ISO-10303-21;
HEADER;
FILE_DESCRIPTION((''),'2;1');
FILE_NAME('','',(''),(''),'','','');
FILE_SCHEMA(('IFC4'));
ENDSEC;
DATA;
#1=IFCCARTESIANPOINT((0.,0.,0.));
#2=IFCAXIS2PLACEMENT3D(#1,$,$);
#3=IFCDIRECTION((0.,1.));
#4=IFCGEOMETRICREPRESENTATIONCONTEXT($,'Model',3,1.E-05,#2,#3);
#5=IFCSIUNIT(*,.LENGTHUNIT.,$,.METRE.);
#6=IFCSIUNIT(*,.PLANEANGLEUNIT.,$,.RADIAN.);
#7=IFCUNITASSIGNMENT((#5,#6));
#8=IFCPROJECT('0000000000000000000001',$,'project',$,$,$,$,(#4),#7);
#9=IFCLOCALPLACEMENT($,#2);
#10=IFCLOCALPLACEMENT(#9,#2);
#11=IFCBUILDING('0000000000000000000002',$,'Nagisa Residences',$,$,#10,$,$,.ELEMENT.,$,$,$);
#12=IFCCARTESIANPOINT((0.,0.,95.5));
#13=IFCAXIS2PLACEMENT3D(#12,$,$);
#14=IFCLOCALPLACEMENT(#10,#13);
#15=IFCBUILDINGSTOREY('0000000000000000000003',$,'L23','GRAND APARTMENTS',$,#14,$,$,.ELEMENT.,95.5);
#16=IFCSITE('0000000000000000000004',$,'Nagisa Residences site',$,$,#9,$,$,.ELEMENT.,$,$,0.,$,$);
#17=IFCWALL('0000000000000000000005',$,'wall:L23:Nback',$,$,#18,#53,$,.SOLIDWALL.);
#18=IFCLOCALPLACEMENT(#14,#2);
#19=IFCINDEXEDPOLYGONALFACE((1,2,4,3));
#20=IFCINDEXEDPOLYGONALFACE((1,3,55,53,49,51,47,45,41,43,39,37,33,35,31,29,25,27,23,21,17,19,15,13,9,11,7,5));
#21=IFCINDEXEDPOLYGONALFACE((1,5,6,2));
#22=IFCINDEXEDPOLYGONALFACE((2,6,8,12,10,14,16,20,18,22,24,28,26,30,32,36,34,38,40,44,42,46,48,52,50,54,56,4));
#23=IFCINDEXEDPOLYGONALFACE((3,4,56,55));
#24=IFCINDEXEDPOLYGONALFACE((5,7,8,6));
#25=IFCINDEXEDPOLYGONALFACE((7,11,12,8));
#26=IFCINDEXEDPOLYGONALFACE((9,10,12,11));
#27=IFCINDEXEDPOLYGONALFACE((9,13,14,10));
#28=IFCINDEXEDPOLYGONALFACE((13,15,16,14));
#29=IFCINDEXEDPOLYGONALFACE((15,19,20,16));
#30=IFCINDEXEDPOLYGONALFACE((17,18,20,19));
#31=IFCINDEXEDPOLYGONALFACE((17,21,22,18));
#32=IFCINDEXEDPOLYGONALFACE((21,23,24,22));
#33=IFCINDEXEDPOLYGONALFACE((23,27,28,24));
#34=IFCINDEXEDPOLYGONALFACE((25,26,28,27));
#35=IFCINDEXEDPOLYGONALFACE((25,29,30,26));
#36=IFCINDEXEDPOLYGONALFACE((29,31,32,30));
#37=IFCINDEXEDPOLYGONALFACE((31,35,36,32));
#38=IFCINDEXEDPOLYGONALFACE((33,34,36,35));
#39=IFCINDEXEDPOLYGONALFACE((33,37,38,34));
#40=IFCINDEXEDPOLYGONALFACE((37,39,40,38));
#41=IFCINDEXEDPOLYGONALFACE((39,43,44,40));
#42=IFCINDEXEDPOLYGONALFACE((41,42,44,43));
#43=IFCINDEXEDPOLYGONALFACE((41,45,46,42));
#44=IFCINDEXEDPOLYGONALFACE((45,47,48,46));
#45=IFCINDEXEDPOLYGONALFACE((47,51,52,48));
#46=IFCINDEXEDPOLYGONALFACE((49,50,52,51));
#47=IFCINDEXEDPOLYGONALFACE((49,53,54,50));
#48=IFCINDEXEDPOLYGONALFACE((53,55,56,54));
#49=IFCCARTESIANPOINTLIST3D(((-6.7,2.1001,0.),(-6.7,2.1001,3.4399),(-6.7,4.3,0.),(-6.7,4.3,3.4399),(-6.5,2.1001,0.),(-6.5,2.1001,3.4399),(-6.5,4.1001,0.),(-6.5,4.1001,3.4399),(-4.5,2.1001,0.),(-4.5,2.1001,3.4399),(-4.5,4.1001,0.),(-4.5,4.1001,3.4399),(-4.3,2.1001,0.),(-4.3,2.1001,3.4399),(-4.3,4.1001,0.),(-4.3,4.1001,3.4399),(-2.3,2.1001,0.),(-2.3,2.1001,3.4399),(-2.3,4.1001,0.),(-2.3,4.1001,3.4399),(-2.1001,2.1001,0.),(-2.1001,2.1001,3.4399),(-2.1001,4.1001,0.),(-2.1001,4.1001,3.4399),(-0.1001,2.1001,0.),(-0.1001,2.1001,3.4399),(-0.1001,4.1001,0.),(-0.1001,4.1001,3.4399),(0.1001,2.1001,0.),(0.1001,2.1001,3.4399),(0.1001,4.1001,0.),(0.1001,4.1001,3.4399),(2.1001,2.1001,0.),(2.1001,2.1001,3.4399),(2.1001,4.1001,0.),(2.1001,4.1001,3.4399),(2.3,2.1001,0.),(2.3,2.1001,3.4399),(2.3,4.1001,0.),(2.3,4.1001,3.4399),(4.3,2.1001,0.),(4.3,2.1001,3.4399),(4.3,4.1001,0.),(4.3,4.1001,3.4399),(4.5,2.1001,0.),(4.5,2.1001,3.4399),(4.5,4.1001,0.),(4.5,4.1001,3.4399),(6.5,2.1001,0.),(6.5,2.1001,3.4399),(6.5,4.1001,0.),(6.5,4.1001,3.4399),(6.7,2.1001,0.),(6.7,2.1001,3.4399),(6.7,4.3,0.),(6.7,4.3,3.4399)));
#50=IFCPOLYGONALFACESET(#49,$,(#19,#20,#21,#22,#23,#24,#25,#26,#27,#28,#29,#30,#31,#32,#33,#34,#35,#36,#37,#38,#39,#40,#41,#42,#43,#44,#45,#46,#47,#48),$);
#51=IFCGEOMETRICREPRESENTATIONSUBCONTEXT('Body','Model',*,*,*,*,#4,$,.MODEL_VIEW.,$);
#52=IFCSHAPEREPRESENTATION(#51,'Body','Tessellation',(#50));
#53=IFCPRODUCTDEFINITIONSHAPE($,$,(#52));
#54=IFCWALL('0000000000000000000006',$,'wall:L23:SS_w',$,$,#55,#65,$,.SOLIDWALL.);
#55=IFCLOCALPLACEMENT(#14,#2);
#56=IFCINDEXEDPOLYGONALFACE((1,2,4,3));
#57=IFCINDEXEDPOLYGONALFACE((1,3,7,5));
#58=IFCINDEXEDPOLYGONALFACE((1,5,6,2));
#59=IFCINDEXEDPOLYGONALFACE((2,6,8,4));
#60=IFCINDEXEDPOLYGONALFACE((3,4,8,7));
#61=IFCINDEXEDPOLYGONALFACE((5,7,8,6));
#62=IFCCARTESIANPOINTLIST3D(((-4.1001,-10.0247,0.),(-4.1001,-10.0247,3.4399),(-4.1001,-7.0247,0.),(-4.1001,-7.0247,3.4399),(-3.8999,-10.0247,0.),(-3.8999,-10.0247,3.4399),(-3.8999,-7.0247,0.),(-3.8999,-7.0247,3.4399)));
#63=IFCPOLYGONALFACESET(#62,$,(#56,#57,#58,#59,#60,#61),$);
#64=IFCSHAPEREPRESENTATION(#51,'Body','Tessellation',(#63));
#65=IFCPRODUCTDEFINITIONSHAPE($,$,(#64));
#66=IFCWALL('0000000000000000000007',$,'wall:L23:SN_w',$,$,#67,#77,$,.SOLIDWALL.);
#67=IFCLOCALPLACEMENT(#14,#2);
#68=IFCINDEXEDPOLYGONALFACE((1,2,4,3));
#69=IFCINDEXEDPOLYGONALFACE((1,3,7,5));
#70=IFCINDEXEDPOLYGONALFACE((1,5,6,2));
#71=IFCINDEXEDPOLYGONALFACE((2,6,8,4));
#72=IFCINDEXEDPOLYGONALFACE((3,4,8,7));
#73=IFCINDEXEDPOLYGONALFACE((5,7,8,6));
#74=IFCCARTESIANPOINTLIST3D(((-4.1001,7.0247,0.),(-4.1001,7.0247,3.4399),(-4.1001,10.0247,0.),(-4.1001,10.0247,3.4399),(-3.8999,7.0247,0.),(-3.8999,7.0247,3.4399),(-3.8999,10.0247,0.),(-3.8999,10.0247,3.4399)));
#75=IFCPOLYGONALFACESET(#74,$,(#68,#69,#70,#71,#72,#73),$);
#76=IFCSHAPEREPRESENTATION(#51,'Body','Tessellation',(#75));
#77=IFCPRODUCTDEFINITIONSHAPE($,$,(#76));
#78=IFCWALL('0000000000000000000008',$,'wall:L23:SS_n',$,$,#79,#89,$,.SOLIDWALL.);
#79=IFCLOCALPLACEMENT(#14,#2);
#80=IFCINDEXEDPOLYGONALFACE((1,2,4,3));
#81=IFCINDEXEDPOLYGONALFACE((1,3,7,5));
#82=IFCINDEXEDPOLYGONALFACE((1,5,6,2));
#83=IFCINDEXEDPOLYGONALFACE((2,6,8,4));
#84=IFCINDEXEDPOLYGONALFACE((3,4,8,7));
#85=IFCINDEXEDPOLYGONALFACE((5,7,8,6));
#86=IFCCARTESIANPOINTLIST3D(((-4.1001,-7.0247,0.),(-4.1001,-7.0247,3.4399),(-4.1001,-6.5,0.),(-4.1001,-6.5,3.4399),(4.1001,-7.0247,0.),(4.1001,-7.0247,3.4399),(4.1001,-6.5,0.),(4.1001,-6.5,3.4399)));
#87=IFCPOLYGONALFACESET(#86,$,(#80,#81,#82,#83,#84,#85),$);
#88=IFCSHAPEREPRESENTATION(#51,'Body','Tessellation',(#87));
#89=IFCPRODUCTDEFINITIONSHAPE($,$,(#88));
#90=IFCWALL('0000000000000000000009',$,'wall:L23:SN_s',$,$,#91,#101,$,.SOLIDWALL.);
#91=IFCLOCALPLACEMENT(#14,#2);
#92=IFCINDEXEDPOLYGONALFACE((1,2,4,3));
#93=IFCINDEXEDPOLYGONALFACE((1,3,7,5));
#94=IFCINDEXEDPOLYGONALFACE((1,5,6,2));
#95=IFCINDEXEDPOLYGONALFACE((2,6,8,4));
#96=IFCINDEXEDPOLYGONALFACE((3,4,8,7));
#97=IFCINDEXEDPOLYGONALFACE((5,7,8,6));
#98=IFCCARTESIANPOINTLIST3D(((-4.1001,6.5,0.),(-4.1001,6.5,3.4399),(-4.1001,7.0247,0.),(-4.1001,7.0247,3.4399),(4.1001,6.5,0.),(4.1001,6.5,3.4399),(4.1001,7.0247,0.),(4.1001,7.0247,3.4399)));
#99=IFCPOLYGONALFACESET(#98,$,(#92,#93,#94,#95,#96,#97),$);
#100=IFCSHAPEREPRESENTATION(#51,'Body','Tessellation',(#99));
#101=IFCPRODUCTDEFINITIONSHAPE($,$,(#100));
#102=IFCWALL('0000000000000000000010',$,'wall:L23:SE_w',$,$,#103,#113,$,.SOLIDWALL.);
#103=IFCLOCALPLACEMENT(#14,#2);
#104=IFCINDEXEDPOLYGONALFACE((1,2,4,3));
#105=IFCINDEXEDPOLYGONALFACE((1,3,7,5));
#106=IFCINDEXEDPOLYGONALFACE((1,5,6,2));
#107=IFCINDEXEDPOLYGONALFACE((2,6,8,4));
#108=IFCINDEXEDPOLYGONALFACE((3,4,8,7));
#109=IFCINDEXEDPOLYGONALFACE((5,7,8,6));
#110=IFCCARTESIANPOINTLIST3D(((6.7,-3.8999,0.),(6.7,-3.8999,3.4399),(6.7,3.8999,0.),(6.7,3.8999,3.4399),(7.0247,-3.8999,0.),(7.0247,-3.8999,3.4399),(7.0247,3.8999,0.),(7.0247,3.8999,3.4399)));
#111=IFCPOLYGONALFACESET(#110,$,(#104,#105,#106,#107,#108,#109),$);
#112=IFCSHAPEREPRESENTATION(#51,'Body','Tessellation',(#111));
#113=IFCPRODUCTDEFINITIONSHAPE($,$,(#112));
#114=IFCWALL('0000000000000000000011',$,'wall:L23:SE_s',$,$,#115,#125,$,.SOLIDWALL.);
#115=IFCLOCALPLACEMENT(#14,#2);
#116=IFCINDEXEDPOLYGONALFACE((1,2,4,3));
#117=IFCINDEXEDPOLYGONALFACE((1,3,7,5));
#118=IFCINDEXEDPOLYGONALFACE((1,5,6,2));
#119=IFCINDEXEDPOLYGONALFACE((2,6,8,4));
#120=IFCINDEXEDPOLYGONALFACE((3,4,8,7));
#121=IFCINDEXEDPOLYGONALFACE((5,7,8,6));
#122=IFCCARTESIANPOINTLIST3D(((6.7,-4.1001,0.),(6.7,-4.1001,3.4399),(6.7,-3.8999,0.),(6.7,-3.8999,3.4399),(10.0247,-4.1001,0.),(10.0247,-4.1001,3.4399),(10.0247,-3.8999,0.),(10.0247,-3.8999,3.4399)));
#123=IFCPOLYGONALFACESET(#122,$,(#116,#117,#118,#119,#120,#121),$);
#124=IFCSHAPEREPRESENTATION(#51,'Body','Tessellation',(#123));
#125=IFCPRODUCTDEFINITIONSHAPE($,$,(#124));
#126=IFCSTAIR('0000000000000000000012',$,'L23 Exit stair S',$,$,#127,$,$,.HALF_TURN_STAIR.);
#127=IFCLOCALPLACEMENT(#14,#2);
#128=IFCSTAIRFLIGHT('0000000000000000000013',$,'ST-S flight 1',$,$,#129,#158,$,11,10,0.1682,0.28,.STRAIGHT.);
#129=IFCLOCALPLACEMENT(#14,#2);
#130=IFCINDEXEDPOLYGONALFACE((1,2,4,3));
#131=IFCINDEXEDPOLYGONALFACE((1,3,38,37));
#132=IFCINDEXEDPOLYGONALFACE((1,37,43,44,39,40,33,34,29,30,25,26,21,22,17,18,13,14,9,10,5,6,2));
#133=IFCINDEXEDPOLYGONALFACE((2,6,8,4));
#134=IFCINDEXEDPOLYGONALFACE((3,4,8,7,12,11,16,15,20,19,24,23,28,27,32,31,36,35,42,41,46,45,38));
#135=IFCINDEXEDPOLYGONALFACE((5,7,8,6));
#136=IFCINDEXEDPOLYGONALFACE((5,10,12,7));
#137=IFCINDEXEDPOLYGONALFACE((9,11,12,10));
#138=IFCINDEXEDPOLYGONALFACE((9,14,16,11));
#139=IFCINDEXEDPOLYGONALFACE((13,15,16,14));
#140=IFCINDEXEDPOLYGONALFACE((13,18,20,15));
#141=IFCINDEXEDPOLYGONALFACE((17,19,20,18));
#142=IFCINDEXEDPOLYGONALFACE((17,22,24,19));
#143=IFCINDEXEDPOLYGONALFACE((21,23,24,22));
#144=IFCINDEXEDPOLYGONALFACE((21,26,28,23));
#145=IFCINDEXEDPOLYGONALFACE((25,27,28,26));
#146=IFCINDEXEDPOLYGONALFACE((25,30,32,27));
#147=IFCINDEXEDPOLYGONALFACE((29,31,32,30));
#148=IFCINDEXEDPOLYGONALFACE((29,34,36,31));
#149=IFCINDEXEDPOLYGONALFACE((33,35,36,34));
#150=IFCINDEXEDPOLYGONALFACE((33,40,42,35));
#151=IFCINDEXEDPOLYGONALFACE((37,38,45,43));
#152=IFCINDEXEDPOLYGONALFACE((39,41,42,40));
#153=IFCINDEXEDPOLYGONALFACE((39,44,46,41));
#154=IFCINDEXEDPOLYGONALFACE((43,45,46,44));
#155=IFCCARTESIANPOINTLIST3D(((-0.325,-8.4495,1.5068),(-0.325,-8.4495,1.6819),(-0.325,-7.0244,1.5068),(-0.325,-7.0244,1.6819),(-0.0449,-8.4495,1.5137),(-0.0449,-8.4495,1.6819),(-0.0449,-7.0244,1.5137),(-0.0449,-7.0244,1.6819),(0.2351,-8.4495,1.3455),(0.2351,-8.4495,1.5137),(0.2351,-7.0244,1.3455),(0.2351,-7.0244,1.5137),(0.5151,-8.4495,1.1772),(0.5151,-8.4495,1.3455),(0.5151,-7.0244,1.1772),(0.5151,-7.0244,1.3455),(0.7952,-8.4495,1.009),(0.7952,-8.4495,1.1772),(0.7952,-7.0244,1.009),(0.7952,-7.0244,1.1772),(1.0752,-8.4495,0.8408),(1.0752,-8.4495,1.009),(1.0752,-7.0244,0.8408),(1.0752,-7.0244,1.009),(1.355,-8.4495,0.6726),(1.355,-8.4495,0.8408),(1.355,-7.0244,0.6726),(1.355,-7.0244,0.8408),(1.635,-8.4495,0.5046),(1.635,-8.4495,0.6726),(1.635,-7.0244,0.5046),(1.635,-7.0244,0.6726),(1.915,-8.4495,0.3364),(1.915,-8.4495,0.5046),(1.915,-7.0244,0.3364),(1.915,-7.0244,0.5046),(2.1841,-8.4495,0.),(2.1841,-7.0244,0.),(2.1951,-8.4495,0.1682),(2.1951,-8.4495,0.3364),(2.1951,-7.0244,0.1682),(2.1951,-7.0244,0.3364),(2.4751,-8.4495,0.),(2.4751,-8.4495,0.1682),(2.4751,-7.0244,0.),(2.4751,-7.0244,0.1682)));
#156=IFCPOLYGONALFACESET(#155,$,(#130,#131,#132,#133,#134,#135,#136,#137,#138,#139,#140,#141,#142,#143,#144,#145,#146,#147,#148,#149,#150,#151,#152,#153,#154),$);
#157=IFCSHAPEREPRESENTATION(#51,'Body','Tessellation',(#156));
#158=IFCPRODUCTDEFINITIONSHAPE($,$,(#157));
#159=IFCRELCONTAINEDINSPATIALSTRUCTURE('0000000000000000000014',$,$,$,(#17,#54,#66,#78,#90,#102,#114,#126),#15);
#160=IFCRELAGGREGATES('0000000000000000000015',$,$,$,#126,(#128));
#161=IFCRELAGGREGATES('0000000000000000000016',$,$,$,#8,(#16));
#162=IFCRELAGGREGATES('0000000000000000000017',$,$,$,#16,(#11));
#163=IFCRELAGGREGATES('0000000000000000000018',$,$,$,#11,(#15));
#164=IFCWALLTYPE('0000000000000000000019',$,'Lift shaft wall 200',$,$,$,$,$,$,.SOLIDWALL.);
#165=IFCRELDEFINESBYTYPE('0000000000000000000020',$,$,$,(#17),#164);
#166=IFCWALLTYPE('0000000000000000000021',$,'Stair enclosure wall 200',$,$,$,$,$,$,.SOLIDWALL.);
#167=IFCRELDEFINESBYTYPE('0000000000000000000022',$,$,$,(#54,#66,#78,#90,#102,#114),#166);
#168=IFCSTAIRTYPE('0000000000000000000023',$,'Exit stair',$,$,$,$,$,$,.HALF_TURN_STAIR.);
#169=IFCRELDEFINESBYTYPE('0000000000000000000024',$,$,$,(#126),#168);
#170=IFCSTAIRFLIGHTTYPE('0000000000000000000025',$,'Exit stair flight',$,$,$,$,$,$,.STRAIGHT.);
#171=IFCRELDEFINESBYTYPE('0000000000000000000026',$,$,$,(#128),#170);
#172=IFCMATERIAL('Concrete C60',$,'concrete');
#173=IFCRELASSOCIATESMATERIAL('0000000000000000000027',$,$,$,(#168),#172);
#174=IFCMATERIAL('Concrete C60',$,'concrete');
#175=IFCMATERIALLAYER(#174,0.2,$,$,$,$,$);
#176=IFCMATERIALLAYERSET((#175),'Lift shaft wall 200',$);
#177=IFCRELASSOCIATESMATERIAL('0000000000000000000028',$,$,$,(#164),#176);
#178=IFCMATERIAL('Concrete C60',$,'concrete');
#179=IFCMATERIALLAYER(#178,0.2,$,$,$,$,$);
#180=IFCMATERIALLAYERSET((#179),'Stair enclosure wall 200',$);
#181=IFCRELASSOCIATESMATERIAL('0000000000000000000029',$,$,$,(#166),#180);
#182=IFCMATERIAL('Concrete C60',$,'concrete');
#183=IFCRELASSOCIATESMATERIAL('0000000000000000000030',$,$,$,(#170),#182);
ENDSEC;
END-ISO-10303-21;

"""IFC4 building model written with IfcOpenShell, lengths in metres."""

from ifc_helpers import new_model, si_unit, direction, frame, origin, place, context, subcontext, project, spatial, polyline, outline, extrude, material, layer, layer_set, type_object, element, aggregate, save


model = new_model("IFC4")

# Units and contexts
model_context = context("Model", 3, precision=1e-05, world=origin(), true_north=direction((0.0, 1.0)))
body_context = subcontext(model_context, "Body", "Model", "MODEL_VIEW")
ifc_project = project(units=[si_unit("LENGTHUNIT", "METRE"), si_unit("PLANEANGLEUNIT", "RADIAN")], contexts=[model_context])

# Site, building, storey
site_placement = place(None, origin())
site = spatial("IfcSite", under=ifc_project, at=site_placement, Name="Nagisa Residences site", CompositionType="ELEMENT", RefElevation=0.0)
building_placement = place(site_placement, origin())
building = spatial("IfcBuilding", under=site, at=building_placement, Name="Nagisa Residences", CompositionType="ELEMENT")
storey_placement = place(building_placement, frame((0.0, 0.0, 95.5)))
storey = spatial("IfcBuildingStorey", under=building, at=storey_placement, Name="L23", Description="GRAND APARTMENTS", CompositionType="ELEMENT", Elevation=95.5)

# Shared definitions
ifc_material_1 = material(Name="Concrete C60", Category="concrete")
stair_type = type_object("IfcStairType", Name="Exit stair", PredefinedType="HALF_TURN_STAIR", material=ifc_material_1)

# Walls
ifc_material_2 = material(Name="Concrete C60", Category="concrete")
ifc_layer_1 = layer(ifc_material_2, 0.2)
ifc_layer_set_1 = layer_set([ifc_layer_1], Name="Lift shaft wall 200")
wall_type_1 = type_object("IfcWallType", Name="Lift shaft wall 200", PredefinedType="SOLIDWALL", material=ifc_layer_set_1)
wall_1_placement = place(storey_placement, origin())
element("IfcWall", 1, at=wall_1_placement, inside=storey, type_object=wall_type_1, Name="wall:L23:Nback", PredefinedType="SOLIDWALL", context=body_context, shape_type="SweptSolid", body=[
    extrude(outline(polyline([(-6.5, 2.1001), (-6.7, 2.1001), (-6.7, 4.3), (6.7, 4.3), (6.7, 2.1001), (6.5, 2.1001), (6.5, 4.1001), (4.5, 4.1001), (4.5, 2.1001), (4.3, 2.1001), (4.3, 4.1001), (2.3, 4.1001), (2.3, 2.1001), (2.1001, 2.1001), (2.1001, 4.1001), (0.1001, 4.1001), (0.1001, 2.1001), (-0.1001, 2.1001), (-0.1001, 4.1001), (-2.1001, 4.1001), (-2.1001, 2.1001), (-2.3, 2.1001), (-2.3, 4.1001), (-4.3, 4.1001), (-4.3, 2.1001), (-4.5, 2.1001), (-4.5, 4.1001), (-6.5, 4.1001), (-6.5, 2.1001)])), origin(), (0.0, 0.0, 1.0), 3.4399),
])
ifc_material_3 = material(Name="Concrete C60", Category="concrete")
ifc_layer_2 = layer(ifc_material_3, 0.2)
ifc_layer_set_2 = layer_set([ifc_layer_2], Name="Stair enclosure wall 200")
wall_type_2 = type_object("IfcWallType", Name="Stair enclosure wall 200", PredefinedType="SOLIDWALL", material=ifc_layer_set_2)
wall_2_placement = place(storey_placement, origin())
element("IfcWall", 2, at=wall_2_placement, inside=storey, type_object=wall_type_2, Name="wall:L23:SS_w", PredefinedType="SOLIDWALL", context=body_context, shape_type="SweptSolid", body=[
    extrude(outline(polyline([(-3.8999, -10.0247), (-4.1001, -10.0247), (-4.1001, -7.0247), (-3.8999, -7.0247), (-3.8999, -10.0247)])), origin(), (0.0, 0.0, 1.0), 3.4399),
])
wall_3_placement = place(storey_placement, origin())
element("IfcWall", 3, at=wall_3_placement, inside=storey, type_object=wall_type_2, Name="wall:L23:SN_w", PredefinedType="SOLIDWALL", context=body_context, shape_type="SweptSolid", body=[
    extrude(outline(polyline([(-3.8999, 7.0247), (-4.1001, 7.0247), (-4.1001, 10.0247), (-3.8999, 10.0247), (-3.8999, 7.0247)])), origin(), (0.0, 0.0, 1.0), 3.4399),
])
wall_4_placement = place(storey_placement, origin())
element("IfcWall", 4, at=wall_4_placement, inside=storey, type_object=wall_type_2, Name="wall:L23:SS_n", PredefinedType="SOLIDWALL", context=body_context, shape_type="SweptSolid", body=[
    extrude(outline(polyline([(4.1001, -7.0247), (-4.1001, -7.0247), (-4.1001, -6.5), (4.1001, -6.5), (4.1001, -7.0247)])), origin(), (0.0, 0.0, 1.0), 3.4399),
])
wall_5_placement = place(storey_placement, origin())
element("IfcWall", 5, at=wall_5_placement, inside=storey, type_object=wall_type_2, Name="wall:L23:SN_s", PredefinedType="SOLIDWALL", context=body_context, shape_type="SweptSolid", body=[
    extrude(outline(polyline([(4.1001, 6.5), (-4.1001, 6.5), (-4.1001, 7.0247), (4.1001, 7.0247), (4.1001, 6.5)])), origin(), (0.0, 0.0, 1.0), 3.4399),
])
wall_6_placement = place(storey_placement, origin())
element("IfcWall", 6, at=wall_6_placement, inside=storey, type_object=wall_type_2, Name="wall:L23:SE_w", PredefinedType="SOLIDWALL", context=body_context, shape_type="SweptSolid", body=[
    extrude(outline(polyline([(7.0247, -3.8999), (6.7, -3.8999), (6.7, 3.8999), (7.0247, 3.8999), (7.0247, -3.8999)])), origin(), (0.0, 0.0, 1.0), 3.4399),
])
wall_7_placement = place(storey_placement, origin())
element("IfcWall", 7, at=wall_7_placement, inside=storey, type_object=wall_type_2, Name="wall:L23:SE_s", PredefinedType="SOLIDWALL", context=body_context, shape_type="SweptSolid", body=[
    extrude(outline(polyline([(10.0247, -4.1001), (6.7, -4.1001), (6.7, -3.8999), (10.0247, -3.8999), (10.0247, -4.1001)])), origin(), (0.0, 0.0, 1.0), 3.4399),
])

# Stair, stair flight
stair_1_placement = place(storey_placement, origin())
stair_1 = element("IfcStair", 8, at=stair_1_placement, inside=storey, type_object=stair_type, Name="L23 Exit stair S", PredefinedType="HALF_TURN_STAIR")
ifc_material_4 = material(Name="Concrete C60", Category="concrete")
stair_flight_type = type_object("IfcStairFlightType", Name="Exit stair flight", PredefinedType="STRAIGHT", material=ifc_material_4)
stair_flight_placement = place(storey_placement, frame((2.4751, -7.7371, 0.0), z_axis=(0.0, 0.0, 1.0), x_axis=(-1.0, 0.0, 0.0)))
stair_flight = element("IfcStairFlight", 9, at=stair_flight_placement, type_object=stair_flight_type, Name="ST-S flight 1", NumberOfRisers=11, NumberOfTreads=10, PredefinedType="STRAIGHT", RiserHeight=0.1682, TreadLength=0.28, context=body_context, shape_type="SweptSolid", body=[
    extrude(outline(polyline([(0.0, 0.0), (0.0, 0.1682), (0.28, 0.1682), (0.28, 0.3364), (0.5601, 0.3364), (0.5601, 0.5046), (0.8401, 0.5046), (0.8401, 0.6726), (1.1201, 0.6726), (1.1201, 0.8408), (1.3999, 0.8408), (1.3999, 1.009), (1.6799, 1.009), (1.6799, 1.1772), (1.96, 1.1772), (1.96, 1.3455), (2.24, 1.3455), (2.24, 1.5137), (2.52, 1.5137), (2.52, 1.6819), (2.8, 1.6819), (2.8, 1.8501), (2.8, 1.5068), (0.291, 0.0), (0.0, 0.0)])), frame((0.0, 0.7124, 0.0), z_axis=(0.0, -1.0, 0.0), x_axis=(1.0, 0.0, 0.0)), (0.0, 0.0, 1.0), 1.425),
])
aggregate(stair_1, [stair_flight])

save(model, "model.ifc")
